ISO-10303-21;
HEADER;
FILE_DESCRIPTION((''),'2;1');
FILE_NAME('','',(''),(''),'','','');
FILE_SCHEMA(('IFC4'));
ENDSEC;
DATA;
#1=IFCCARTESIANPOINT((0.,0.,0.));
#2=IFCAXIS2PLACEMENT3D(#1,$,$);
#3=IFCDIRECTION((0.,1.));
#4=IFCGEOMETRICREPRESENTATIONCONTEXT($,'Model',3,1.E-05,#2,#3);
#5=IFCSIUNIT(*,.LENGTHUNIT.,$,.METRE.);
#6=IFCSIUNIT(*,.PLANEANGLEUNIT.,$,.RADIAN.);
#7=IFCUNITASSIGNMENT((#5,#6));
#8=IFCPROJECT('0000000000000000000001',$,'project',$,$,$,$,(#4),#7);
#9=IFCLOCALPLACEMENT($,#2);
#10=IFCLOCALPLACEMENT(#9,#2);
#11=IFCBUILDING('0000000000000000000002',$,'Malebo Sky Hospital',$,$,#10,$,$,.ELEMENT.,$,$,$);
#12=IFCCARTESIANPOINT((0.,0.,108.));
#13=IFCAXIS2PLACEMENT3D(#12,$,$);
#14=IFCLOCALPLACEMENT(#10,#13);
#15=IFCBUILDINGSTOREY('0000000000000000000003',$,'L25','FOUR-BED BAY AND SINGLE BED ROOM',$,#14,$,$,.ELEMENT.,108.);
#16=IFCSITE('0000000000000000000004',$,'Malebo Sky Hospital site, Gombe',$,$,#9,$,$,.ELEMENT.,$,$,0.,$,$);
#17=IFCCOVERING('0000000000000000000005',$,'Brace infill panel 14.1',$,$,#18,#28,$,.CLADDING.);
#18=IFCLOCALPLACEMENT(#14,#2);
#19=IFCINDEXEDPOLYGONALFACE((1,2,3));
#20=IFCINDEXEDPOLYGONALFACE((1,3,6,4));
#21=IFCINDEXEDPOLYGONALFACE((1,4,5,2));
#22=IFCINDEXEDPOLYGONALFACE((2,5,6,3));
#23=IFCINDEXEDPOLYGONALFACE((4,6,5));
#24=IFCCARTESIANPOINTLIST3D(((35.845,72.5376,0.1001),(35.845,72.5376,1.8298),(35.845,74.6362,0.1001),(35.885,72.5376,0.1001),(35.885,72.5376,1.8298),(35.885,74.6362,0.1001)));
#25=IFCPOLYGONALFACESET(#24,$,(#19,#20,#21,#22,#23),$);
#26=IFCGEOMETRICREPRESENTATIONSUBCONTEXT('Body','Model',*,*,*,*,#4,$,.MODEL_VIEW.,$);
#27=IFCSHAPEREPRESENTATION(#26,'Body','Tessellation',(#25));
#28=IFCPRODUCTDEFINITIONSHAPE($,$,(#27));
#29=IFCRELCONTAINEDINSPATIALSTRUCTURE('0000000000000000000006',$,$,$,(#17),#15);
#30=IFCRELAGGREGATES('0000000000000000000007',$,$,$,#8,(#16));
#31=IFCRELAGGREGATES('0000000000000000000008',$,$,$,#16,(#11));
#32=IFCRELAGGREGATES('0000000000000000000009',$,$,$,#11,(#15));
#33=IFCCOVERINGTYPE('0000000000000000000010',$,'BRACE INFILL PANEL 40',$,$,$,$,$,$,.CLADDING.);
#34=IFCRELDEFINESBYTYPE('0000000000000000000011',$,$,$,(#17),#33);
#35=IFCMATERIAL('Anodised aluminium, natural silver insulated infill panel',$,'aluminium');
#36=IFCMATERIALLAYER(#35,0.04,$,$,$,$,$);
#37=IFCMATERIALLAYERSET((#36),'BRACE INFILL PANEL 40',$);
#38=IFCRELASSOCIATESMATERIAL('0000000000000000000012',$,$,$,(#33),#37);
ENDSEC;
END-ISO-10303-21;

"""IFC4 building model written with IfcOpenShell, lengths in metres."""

from ifc_helpers import new_model, si_unit, direction, frame, origin, place, context, subcontext, project, spatial, polyline, outline, extrude, material, layer, layer_set, type_object, element, save


model = new_model("IFC4")

# Units and contexts
model_context = context("Model", 3, precision=1e-05, world=origin(), true_north=direction((0.0, 1.0)))
body_context = subcontext(model_context, "Body", "Model", "MODEL_VIEW")
ifc_project = project(units=[si_unit("LENGTHUNIT", "METRE"), si_unit("PLANEANGLEUNIT", "RADIAN")], contexts=[model_context])

# Site, building, storey
site_placement = place(None, origin())
site = spatial("IfcSite", under=ifc_project, at=site_placement, Name="Malebo Sky Hospital site, Gombe", CompositionType="ELEMENT", RefElevation=0.0)
building_placement = place(site_placement, origin())
building = spatial("IfcBuilding", under=site, at=building_placement, Name="Malebo Sky Hospital", CompositionType="ELEMENT")
storey_placement = place(building_placement, frame((0.0, 0.0, 108.0)))
storey = spatial("IfcBuildingStorey", under=building, at=storey_placement, Name="L25", Description="FOUR-BED BAY AND SINGLE BED ROOM", CompositionType="ELEMENT", Elevation=108.0)

# Covering
ifc_material_1 = material(Name="Anodised aluminium, natural silver insulated infill panel", Category="aluminium")
ifc_layer_1 = layer(ifc_material_1, 0.04)
ifc_layer_set_1 = layer_set([ifc_layer_1], Name="BRACE INFILL PANEL 40")
covering_type = type_object("IfcCoveringType", Name="BRACE INFILL PANEL 40", PredefinedType="CLADDING", material=ifc_layer_set_1)
covering_1_placement = place(storey_placement, frame((35.865, 73.5869, 0.1001), z_axis=(0.0, 0.0, 1.0), x_axis=(0.0, 1.0, 0.0)))
element("IfcCovering", 1, at=covering_1_placement, inside=storey, type_object=covering_type, Name="Brace infill panel 14.1", PredefinedType="CLADDING", context=body_context, shape_type="SweptSolid", body=[
    extrude(outline(polyline([(-1.0493, 0.0), (1.0493, 0.0), (-1.0493, 1.7297), (-1.0493, 0.0)])), frame((0.0, 0.02, 0.0), z_axis=(0.0, -1.0, 0.0), x_axis=(1.0, 0.0, 0.0)), (0.0, 0.0, 1.0), 0.04),
])

save(model, "model.ifc")
